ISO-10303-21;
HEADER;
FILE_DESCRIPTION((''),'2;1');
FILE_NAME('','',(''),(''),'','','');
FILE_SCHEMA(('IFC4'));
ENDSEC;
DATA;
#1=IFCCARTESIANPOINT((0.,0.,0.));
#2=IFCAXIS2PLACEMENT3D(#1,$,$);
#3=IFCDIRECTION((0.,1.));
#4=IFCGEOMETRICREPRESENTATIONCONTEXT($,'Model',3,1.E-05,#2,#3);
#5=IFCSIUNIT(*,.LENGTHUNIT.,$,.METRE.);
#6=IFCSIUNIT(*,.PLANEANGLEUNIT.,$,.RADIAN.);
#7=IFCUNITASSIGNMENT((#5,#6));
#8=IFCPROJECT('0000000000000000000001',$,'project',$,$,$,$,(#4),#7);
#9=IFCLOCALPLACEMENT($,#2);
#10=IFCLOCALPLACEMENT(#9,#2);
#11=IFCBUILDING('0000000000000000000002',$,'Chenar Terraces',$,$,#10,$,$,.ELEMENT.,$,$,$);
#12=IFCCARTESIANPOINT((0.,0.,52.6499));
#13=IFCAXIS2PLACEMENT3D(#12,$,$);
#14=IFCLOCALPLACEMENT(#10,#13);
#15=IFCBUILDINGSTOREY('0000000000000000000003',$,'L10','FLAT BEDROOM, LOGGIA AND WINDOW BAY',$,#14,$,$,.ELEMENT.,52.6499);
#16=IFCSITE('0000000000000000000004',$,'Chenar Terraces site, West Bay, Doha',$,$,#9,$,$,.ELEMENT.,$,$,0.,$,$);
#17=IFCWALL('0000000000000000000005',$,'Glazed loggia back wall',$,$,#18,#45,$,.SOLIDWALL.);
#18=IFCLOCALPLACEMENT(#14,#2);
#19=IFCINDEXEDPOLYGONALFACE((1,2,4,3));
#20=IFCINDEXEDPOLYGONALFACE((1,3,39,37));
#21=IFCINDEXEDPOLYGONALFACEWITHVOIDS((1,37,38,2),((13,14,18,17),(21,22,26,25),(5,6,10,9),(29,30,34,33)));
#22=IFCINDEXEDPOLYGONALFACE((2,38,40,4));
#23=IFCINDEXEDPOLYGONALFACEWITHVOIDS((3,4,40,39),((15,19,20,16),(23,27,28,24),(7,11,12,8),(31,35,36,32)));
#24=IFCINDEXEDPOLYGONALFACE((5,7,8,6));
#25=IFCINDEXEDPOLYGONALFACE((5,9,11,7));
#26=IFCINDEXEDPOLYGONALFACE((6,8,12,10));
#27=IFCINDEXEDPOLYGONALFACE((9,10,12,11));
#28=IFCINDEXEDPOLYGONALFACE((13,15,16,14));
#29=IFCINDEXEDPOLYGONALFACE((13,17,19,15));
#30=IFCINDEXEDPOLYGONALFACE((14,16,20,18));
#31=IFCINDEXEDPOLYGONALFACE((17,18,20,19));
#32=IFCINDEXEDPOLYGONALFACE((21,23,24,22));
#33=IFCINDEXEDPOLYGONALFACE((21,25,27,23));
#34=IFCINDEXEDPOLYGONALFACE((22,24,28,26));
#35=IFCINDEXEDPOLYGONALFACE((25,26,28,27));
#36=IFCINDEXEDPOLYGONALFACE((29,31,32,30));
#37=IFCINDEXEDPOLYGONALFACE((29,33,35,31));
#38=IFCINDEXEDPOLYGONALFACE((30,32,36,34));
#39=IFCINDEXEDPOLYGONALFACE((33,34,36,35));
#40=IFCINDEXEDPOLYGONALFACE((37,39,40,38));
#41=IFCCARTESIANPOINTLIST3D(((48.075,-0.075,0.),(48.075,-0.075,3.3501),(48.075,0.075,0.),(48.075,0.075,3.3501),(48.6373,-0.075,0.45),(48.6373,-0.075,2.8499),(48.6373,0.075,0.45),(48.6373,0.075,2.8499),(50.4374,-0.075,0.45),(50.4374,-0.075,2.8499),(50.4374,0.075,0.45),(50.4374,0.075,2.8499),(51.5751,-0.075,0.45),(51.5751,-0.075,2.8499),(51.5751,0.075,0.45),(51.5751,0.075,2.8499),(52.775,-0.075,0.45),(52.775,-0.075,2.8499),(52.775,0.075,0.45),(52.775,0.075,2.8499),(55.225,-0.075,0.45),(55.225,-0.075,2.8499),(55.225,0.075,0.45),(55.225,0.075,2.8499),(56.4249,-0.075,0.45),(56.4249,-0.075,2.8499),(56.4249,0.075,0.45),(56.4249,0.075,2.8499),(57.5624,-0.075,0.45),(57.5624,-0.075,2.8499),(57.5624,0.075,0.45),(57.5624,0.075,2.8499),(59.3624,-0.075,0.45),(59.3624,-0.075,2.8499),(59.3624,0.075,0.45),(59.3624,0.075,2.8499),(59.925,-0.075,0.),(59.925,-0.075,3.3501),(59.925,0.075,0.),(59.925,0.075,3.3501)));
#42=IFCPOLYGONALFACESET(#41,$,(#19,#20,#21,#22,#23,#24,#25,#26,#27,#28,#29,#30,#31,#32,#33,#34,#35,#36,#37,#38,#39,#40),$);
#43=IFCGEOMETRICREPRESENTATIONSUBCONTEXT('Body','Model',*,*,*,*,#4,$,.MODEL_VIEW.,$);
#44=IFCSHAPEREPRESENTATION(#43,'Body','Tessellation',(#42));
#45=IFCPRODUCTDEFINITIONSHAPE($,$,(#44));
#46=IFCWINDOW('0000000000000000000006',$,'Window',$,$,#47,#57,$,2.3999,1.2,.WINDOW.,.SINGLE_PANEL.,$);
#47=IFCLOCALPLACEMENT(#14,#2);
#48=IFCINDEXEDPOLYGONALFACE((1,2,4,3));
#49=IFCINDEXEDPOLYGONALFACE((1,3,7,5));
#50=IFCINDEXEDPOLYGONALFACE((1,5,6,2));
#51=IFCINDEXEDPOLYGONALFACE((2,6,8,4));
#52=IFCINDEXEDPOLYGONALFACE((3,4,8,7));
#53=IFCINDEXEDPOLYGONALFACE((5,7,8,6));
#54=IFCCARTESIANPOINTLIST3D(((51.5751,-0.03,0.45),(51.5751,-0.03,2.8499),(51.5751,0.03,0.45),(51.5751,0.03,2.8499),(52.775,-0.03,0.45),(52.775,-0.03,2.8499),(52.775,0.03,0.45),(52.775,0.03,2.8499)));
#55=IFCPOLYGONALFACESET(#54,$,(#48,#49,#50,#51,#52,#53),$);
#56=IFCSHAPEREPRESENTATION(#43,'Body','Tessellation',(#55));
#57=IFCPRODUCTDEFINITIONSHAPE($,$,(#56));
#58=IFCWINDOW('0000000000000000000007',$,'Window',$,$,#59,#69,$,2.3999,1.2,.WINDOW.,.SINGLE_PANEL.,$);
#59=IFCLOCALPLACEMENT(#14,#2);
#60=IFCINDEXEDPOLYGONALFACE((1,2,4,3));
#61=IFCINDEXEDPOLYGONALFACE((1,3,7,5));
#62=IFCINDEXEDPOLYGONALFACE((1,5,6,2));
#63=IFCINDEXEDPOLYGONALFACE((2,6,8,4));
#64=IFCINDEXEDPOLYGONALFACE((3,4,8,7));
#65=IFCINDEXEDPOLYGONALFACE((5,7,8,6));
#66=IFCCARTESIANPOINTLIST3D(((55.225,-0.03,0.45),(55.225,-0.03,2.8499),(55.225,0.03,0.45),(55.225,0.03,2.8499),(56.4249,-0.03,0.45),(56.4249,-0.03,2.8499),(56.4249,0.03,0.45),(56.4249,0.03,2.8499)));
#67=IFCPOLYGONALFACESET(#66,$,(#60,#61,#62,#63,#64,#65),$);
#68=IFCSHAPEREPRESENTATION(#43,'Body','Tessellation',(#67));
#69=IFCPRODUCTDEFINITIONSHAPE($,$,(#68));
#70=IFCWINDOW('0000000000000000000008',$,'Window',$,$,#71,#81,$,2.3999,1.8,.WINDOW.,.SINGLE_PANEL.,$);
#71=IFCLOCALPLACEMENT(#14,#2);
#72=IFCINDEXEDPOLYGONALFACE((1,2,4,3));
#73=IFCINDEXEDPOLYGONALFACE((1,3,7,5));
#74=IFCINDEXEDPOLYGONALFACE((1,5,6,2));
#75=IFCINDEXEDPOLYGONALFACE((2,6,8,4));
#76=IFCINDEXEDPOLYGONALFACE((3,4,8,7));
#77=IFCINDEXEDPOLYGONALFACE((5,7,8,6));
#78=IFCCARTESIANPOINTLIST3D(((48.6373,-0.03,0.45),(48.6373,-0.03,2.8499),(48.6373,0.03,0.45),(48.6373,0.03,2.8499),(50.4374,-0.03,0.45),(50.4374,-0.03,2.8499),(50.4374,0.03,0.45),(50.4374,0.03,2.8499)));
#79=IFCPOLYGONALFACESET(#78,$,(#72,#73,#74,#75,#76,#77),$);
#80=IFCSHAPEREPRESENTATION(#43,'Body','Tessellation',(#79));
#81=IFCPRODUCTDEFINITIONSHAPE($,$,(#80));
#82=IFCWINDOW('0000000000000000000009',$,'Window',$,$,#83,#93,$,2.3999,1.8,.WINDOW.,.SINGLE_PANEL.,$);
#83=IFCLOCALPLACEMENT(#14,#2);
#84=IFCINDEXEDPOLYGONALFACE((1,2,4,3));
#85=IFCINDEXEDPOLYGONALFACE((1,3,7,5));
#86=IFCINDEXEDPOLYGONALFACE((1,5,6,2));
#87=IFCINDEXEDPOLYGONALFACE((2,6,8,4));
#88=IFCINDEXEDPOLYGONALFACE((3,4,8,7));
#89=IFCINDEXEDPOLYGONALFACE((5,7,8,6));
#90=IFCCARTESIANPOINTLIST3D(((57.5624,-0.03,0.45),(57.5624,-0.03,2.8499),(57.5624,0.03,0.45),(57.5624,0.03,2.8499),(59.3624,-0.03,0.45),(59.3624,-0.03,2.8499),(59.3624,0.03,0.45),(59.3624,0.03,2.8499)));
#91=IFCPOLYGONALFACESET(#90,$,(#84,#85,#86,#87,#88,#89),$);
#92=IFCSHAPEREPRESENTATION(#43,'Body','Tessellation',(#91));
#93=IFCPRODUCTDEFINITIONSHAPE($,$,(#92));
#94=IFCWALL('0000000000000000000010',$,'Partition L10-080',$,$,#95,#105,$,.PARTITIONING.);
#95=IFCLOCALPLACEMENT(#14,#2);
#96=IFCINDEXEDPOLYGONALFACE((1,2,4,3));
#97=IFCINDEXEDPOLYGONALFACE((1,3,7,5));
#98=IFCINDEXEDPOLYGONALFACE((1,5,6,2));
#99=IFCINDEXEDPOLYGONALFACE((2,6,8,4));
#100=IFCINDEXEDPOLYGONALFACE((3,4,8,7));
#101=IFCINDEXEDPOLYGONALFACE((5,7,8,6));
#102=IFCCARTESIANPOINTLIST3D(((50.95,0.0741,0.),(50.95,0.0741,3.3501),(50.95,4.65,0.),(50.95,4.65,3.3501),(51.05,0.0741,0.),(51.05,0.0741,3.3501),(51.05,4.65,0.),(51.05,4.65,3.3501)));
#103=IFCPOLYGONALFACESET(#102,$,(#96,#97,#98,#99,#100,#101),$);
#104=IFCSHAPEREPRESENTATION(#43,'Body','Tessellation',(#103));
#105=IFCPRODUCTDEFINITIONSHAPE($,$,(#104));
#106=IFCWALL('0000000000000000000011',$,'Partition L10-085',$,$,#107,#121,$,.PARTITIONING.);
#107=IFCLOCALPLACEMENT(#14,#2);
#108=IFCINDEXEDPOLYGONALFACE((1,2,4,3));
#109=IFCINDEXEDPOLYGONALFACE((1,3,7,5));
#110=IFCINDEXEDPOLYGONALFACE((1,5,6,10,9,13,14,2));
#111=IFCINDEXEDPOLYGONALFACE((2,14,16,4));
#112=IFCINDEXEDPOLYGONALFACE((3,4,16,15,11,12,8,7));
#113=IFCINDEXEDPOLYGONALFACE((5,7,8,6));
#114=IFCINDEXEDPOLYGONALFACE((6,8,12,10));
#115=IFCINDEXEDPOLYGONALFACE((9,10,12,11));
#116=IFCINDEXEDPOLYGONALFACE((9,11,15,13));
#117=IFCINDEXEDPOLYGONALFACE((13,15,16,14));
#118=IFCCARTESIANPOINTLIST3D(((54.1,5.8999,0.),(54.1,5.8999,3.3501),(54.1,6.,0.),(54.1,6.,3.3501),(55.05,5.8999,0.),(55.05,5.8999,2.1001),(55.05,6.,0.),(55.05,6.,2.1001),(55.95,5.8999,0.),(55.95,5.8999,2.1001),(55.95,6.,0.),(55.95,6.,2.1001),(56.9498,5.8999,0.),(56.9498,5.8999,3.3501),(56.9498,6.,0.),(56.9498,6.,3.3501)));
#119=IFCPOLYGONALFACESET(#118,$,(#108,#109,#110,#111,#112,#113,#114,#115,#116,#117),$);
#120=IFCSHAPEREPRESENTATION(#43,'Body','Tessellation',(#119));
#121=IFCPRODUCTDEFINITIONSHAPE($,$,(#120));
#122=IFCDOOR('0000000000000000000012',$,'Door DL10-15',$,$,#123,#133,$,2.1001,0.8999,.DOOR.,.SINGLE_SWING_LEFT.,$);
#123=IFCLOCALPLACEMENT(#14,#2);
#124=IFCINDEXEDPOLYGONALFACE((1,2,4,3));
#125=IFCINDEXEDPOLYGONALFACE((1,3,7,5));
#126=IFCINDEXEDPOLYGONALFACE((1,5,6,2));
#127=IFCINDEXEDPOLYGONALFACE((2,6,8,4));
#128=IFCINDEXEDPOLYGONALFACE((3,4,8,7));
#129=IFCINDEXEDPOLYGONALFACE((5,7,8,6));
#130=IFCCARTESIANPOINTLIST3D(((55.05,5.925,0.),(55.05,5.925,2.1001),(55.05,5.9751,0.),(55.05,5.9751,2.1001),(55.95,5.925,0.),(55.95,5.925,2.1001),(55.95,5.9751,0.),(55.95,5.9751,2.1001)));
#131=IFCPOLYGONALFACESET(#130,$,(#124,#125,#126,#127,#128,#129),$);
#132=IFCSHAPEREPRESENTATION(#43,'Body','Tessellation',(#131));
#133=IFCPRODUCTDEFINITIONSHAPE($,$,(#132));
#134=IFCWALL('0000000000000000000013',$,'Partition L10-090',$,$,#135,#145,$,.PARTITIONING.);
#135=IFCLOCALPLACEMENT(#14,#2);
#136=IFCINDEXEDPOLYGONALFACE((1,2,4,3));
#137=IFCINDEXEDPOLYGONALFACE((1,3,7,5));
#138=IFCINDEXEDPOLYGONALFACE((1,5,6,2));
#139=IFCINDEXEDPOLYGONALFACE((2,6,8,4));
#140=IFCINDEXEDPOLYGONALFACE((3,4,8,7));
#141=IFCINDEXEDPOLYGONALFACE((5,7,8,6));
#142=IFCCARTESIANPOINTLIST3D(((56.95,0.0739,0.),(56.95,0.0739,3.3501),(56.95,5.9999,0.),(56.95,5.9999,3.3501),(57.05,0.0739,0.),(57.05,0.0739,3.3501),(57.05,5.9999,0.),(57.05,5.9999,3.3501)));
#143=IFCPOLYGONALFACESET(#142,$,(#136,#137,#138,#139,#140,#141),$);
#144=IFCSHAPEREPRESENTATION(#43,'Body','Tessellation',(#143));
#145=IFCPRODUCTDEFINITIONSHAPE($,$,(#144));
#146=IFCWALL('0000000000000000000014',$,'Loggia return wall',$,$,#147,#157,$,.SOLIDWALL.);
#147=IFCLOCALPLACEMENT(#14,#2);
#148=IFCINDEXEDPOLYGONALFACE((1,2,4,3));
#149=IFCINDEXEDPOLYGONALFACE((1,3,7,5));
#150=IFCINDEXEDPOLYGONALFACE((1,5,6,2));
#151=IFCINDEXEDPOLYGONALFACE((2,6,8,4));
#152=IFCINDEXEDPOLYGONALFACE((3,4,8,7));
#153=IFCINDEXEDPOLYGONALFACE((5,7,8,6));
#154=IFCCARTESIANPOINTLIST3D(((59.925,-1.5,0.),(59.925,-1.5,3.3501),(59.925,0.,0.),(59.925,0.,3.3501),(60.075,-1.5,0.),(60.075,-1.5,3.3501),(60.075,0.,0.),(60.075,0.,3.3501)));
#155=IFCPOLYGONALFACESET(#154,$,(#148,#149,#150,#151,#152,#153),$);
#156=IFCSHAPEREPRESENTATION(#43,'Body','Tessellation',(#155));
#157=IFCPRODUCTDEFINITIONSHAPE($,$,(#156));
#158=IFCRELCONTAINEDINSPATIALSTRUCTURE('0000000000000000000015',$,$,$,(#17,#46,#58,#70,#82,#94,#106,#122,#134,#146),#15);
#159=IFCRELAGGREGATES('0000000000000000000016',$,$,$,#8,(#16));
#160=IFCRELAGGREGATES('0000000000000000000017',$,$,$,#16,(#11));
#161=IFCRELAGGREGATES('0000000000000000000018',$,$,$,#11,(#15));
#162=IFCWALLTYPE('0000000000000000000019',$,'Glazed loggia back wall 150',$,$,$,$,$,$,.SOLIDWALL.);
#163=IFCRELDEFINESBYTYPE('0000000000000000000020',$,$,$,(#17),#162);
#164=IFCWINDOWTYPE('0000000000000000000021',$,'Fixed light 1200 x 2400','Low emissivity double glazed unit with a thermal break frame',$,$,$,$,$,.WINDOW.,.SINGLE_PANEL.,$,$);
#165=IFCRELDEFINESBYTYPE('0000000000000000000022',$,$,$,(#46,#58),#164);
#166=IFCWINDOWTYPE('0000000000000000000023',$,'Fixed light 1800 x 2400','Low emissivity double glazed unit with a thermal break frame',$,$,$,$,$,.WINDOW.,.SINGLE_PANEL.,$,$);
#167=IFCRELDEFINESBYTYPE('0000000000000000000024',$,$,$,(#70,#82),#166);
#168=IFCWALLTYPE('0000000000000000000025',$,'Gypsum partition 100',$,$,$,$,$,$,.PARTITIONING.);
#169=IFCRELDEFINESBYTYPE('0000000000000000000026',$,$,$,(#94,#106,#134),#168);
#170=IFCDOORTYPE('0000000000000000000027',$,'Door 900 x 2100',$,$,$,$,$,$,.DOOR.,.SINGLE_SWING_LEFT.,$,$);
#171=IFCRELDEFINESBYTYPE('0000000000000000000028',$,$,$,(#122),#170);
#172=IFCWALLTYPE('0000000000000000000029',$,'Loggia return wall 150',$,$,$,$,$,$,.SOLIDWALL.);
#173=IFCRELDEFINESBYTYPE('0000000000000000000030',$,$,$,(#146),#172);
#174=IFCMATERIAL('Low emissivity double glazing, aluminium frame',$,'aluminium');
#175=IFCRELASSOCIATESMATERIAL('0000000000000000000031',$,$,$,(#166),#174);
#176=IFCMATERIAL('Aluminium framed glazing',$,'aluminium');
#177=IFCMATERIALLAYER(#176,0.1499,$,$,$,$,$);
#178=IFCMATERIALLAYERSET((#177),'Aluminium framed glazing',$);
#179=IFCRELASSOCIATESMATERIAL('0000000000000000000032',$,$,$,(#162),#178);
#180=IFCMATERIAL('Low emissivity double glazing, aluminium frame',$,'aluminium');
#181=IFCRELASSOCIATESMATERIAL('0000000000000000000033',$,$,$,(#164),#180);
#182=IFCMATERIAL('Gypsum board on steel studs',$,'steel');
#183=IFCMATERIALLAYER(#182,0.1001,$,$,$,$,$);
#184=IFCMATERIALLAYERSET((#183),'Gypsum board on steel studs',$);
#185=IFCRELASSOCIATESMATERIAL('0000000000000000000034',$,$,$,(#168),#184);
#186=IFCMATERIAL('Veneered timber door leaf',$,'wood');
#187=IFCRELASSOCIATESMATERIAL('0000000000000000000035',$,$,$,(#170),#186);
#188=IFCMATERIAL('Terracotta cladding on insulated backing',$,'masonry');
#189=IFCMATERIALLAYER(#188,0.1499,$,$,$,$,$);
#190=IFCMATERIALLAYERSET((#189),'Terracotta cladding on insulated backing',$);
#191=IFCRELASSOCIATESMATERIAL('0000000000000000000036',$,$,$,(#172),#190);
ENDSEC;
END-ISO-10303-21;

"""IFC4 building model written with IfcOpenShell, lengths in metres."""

from ifc_helpers import new_model, si_unit, direction, frame, frame_2d, origin, place, context, subcontext, project, spatial, rectangle, extrude, material, layer, layer_set, type_object, element, fill, save


model = new_model("IFC4")

# Units and contexts
model_context = context("Model", 3, precision=1e-05, world=origin(), true_north=direction((0.0, 1.0)))
body_context = subcontext(model_context, "Body", "Model", "MODEL_VIEW")
ifc_project = project(units=[si_unit("LENGTHUNIT", "METRE"), si_unit("PLANEANGLEUNIT", "RADIAN")], contexts=[model_context])

# Site, building, storey
site_placement = place(None, origin())
site = spatial("IfcSite", under=ifc_project, at=site_placement, Name="Chenar Terraces site, West Bay, Doha", CompositionType="ELEMENT", RefElevation=0.0)
building_placement = place(site_placement, origin())
building = spatial("IfcBuilding", under=site, at=building_placement, Name="Chenar Terraces", CompositionType="ELEMENT")
storey_placement = place(building_placement, frame((0.0, 0.0, 52.6499)))
storey = spatial("IfcBuildingStorey", under=building, at=storey_placement, Name="L10", Description="FLAT BEDROOM, LOGGIA AND WINDOW BAY", CompositionType="ELEMENT", Elevation=52.6499)

# Wall, openings, windows
ifc_material_1 = material(Name="Low emissivity double glazing, aluminium frame", Category="aluminium")
window_type_1 = type_object("IfcWindowType", Name="Fixed light 1800 x 2400", Description="Low emissivity double glazed unit with a thermal break frame", PartitioningType="SINGLE_PANEL", PredefinedType="WINDOW", material=ifc_material_1)
ifc_material_2 = material(Name="Aluminium framed glazing", Category="aluminium")
ifc_layer_1 = layer(ifc_material_2, 0.1499)
ifc_layer_set_1 = layer_set([ifc_layer_1], Name="Aluminium framed glazing")
wall_type_1 = type_object("IfcWallType", Name="Glazed loggia back wall 150", PredefinedType="SOLIDWALL", material=ifc_layer_set_1)
wall_1_placement = place(storey_placement, frame((48.075, 0.0, 0.0), z_axis=(0.0, 0.0, 1.0), x_axis=(1.0, 0.0, 0.0)))
wall_1 = element("IfcWall", 1, at=wall_1_placement, inside=storey, type_object=wall_type_1, Name="Glazed loggia back wall", PredefinedType="SOLIDWALL", context=body_context, shape_type="SweptSolid", body=[
    extrude(rectangle(XDim=11.8501, YDim=0.1499, at=frame_2d((5.925, 0.0))), origin(), (0.0, 0.0, 1.0), 3.3501),
])
opening_1_placement = place(wall_1_placement, frame((0.5625, 0.0, 0.45)))
opening_1 = element("IfcOpeningElement", 2, at=opening_1_placement, cuts=wall_1, PredefinedType="OPENING", context=body_context, shape_type="SweptSolid", body=[
    extrude(rectangle(XDim=1.8, YDim=2.3999, at=frame_2d((0.8999, 1.2))), frame((0.0, 0.085, 0.0), z_axis=(0.0, -1.0, 0.0), x_axis=(1.0, 0.0, 0.0)), (0.0, 0.0, 1.0), 0.1699),
])
opening_2_placement = place(wall_1_placement, frame((3.5, 0.0, 0.45)))
opening_2 = element("IfcOpeningElement", 3, at=opening_2_placement, cuts=wall_1, PredefinedType="OPENING", context=body_context, shape_type="SweptSolid", body=[
    extrude(rectangle(XDim=1.2, YDim=2.3999, at=frame_2d((0.6001, 1.2))), frame((0.0, 0.085, 0.0), z_axis=(0.0, -1.0, 0.0), x_axis=(1.0, 0.0, 0.0)), (0.0, 0.0, 1.0), 0.1699),
])
opening_3_placement = place(wall_1_placement, frame((7.1499, 0.0, 0.45)))
opening_3 = element("IfcOpeningElement", 4, at=opening_3_placement, cuts=wall_1, PredefinedType="OPENING", context=body_context, shape_type="SweptSolid", body=[
    extrude(rectangle(XDim=1.2, YDim=2.3999, at=frame_2d((0.6001, 1.2))), frame((0.0, 0.085, 0.0), z_axis=(0.0, -1.0, 0.0), x_axis=(1.0, 0.0, 0.0)), (0.0, 0.0, 1.0), 0.1699),
])
opening_4_placement = place(wall_1_placement, frame((9.4875, 0.0, 0.45)))
opening_4 = element("IfcOpeningElement", 5, at=opening_4_placement, cuts=wall_1, PredefinedType="OPENING", context=body_context, shape_type="SweptSolid", body=[
    extrude(rectangle(XDim=1.8, YDim=2.3999, at=frame_2d((0.8999, 1.2))), frame((0.0, 0.085, 0.0), z_axis=(0.0, -1.0, 0.0), x_axis=(1.0, 0.0, 0.0)), (0.0, 0.0, 1.0), 0.1699),
])
ifc_material_3 = material(Name="Low emissivity double glazing, aluminium frame", Category="aluminium")
window_type_2 = type_object("IfcWindowType", Name="Fixed light 1200 x 2400", Description="Low emissivity double glazed unit with a thermal break frame", PartitioningType="SINGLE_PANEL", PredefinedType="WINDOW", material=ifc_material_3)
window_1_placement = place(opening_2_placement, origin())
window_1 = element("IfcWindow", 6, at=window_1_placement, inside=storey, type_object=window_type_2, Name="Window", OverallHeight=2.3999, OverallWidth=1.2, PartitioningType="SINGLE_PANEL", PredefinedType="WINDOW", context=body_context, shape_type="SweptSolid", body=[
    extrude(rectangle(XDim=1.2, YDim=2.3999, at=frame_2d((0.6001, 1.2))), frame((0.0, 0.03, 0.0), z_axis=(0.0, -1.0, 0.0), x_axis=(1.0, 0.0, 0.0)), (0.0, 0.0, 1.0), 0.0601),
])
fill(opening_2, window_1)
window_2_placement = place(opening_3_placement, origin())
window_2 = element("IfcWindow", 7, at=window_2_placement, inside=storey, type_object=window_type_2, Name="Window", OverallHeight=2.3999, OverallWidth=1.2, PartitioningType="SINGLE_PANEL", PredefinedType="WINDOW", context=body_context, shape_type="SweptSolid", body=[
    extrude(rectangle(XDim=1.2, YDim=2.3999, at=frame_2d((0.6001, 1.2))), frame((0.0, 0.03, 0.0), z_axis=(0.0, -1.0, 0.0), x_axis=(1.0, 0.0, 0.0)), (0.0, 0.0, 1.0), 0.0601),
])
fill(opening_3, window_2)
window_3_placement = place(opening_1_placement, origin())
window_3 = element("IfcWindow", 8, at=window_3_placement, inside=storey, type_object=window_type_1, Name="Window", OverallHeight=2.3999, OverallWidth=1.8, PartitioningType="SINGLE_PANEL", PredefinedType="WINDOW", context=body_context, shape_type="SweptSolid", body=[
    extrude(rectangle(XDim=1.8, YDim=2.3999, at=frame_2d((0.8999, 1.2))), frame((0.0, 0.03, 0.0), z_axis=(0.0, -1.0, 0.0), x_axis=(1.0, 0.0, 0.0)), (0.0, 0.0, 1.0), 0.0601),
])
fill(opening_1, window_3)
window_4_placement = place(opening_4_placement, origin())
window_4 = element("IfcWindow", 9, at=window_4_placement, inside=storey, type_object=window_type_1, Name="Window", OverallHeight=2.3999, OverallWidth=1.8, PartitioningType="SINGLE_PANEL", PredefinedType="WINDOW", context=body_context, shape_type="SweptSolid", body=[
    extrude(rectangle(XDim=1.8, YDim=2.3999, at=frame_2d((0.8999, 1.2))), frame((0.0, 0.03, 0.0), z_axis=(0.0, -1.0, 0.0), x_axis=(1.0, 0.0, 0.0)), (0.0, 0.0, 1.0), 0.0601),
])
fill(opening_4, window_4)

# Wall
ifc_material_4 = material(Name="Gypsum board on steel studs", Category="steel")
ifc_layer_2 = layer(ifc_material_4, 0.1001)
ifc_layer_set_2 = layer_set([ifc_layer_2], Name="Gypsum board on steel studs")
wall_type_2 = type_object("IfcWallType", Name="Gypsum partition 100", PredefinedType="PARTITIONING", material=ifc_layer_set_2)
wall_2_placement = place(storey_placement, frame((51.0, 0.074, 0.0), z_axis=(0.0, 0.0, 1.0), x_axis=(0.0, 1.0, 0.0)))
element("IfcWall", 10, at=wall_2_placement, inside=storey, type_object=wall_type_2, Name="Partition L10-080", PredefinedType="PARTITIONING", context=body_context, shape_type="SweptSolid", body=[
    extrude(rectangle(XDim=4.5759, YDim=0.1001, at=frame_2d((2.2881, 0.0))), origin(), (0.0, 0.0, 1.0), 3.3501),
])

# Wall, opening, door
wall_3_placement = place(storey_placement, frame((54.1001, 5.95, 0.0), z_axis=(0.0, 0.0, 1.0), x_axis=(1.0, 0.0, 0.0)))
wall_3 = element("IfcWall", 11, at=wall_3_placement, inside=storey, type_object=wall_type_2, Name="Partition L10-085", PredefinedType="PARTITIONING", context=body_context, shape_type="SweptSolid", body=[
    extrude(rectangle(XDim=2.8499, YDim=0.1001, at=frame_2d((1.4248, 0.0))), origin(), (0.0, 0.0, 1.0), 3.3501),
])
opening_5_placement = place(wall_3_placement, frame((0.95, 0.0, 0.0)))
opening_5 = element("IfcOpeningElement", 12, at=opening_5_placement, cuts=wall_3, PredefinedType="OPENING", context=body_context, shape_type="SweptSolid", body=[
    extrude(rectangle(XDim=0.8999, YDim=2.1001, at=frame_2d((0.45, 1.05))), frame((0.0, 0.0601, 0.0), z_axis=(0.0, -1.0, 0.0), x_axis=(1.0, 0.0, 0.0)), (0.0, 0.0, 1.0), 0.1201),
])
ifc_material_5 = material(Name="Veneered timber door leaf", Category="wood")
door_type = type_object("IfcDoorType", Name="Door 900 x 2100", OperationType="SINGLE_SWING_LEFT", PredefinedType="DOOR", material=ifc_material_5)
door_placement = place(opening_5_placement, frame((0.8999, 0.0, 0.0), z_axis=(0.0, 0.0, 1.0), x_axis=(-1.0, 0.0, 0.0)))
door = element("IfcDoor", 13, at=door_placement, inside=storey, type_object=door_type, Name="Door DL10-15", OperationType="SINGLE_SWING_LEFT", OverallHeight=2.1001, OverallWidth=0.8999, PredefinedType="DOOR", context=body_context, shape_type="SweptSolid", body=[
    extrude(rectangle(XDim=0.8999, YDim=2.1001, at=frame_2d((0.45, 1.05))), frame((0.0, 0.0249, 0.0), z_axis=(0.0, -1.0, 0.0), x_axis=(1.0, 0.0, 0.0)), (0.0, 0.0, 1.0), 0.05),
])
fill(opening_5, door)

# Walls
wall_4_placement = place(storey_placement, frame((57.0, 0.074, 0.0), z_axis=(0.0, 0.0, 1.0), x_axis=(0.0, 1.0, 0.0)))
element("IfcWall", 14, at=wall_4_placement, inside=storey, type_object=wall_type_2, Name="Partition L10-090", PredefinedType="PARTITIONING", context=body_context, shape_type="SweptSolid", body=[
    extrude(rectangle(XDim=5.926, YDim=0.1001, at=frame_2d((2.9629, 0.0))), origin(), (0.0, 0.0, 1.0), 3.3501),
])
ifc_material_6 = material(Name="Terracotta cladding on insulated backing", Category="masonry")
ifc_layer_3 = layer(ifc_material_6, 0.1499)
ifc_layer_set_3 = layer_set([ifc_layer_3], Name="Terracotta cladding on insulated backing")
wall_type_3 = type_object("IfcWallType", Name="Loggia return wall 150", PredefinedType="SOLIDWALL", material=ifc_layer_set_3)
wall_5_placement = place(storey_placement, frame((60.0, -1.5, 0.0), z_axis=(0.0, 0.0, 1.0), x_axis=(0.0, 1.0, 0.0)))
element("IfcWall", 15, at=wall_5_placement, inside=storey, type_object=wall_type_3, Name="Loggia return wall", PredefinedType="SOLIDWALL", context=body_context, shape_type="SweptSolid", body=[
    extrude(rectangle(XDim=1.5, YDim=0.1499, at=frame_2d((0.75, 0.0))), origin(), (0.0, 0.0, 1.0), 3.3501),
])

save(model, "model.ifc")
